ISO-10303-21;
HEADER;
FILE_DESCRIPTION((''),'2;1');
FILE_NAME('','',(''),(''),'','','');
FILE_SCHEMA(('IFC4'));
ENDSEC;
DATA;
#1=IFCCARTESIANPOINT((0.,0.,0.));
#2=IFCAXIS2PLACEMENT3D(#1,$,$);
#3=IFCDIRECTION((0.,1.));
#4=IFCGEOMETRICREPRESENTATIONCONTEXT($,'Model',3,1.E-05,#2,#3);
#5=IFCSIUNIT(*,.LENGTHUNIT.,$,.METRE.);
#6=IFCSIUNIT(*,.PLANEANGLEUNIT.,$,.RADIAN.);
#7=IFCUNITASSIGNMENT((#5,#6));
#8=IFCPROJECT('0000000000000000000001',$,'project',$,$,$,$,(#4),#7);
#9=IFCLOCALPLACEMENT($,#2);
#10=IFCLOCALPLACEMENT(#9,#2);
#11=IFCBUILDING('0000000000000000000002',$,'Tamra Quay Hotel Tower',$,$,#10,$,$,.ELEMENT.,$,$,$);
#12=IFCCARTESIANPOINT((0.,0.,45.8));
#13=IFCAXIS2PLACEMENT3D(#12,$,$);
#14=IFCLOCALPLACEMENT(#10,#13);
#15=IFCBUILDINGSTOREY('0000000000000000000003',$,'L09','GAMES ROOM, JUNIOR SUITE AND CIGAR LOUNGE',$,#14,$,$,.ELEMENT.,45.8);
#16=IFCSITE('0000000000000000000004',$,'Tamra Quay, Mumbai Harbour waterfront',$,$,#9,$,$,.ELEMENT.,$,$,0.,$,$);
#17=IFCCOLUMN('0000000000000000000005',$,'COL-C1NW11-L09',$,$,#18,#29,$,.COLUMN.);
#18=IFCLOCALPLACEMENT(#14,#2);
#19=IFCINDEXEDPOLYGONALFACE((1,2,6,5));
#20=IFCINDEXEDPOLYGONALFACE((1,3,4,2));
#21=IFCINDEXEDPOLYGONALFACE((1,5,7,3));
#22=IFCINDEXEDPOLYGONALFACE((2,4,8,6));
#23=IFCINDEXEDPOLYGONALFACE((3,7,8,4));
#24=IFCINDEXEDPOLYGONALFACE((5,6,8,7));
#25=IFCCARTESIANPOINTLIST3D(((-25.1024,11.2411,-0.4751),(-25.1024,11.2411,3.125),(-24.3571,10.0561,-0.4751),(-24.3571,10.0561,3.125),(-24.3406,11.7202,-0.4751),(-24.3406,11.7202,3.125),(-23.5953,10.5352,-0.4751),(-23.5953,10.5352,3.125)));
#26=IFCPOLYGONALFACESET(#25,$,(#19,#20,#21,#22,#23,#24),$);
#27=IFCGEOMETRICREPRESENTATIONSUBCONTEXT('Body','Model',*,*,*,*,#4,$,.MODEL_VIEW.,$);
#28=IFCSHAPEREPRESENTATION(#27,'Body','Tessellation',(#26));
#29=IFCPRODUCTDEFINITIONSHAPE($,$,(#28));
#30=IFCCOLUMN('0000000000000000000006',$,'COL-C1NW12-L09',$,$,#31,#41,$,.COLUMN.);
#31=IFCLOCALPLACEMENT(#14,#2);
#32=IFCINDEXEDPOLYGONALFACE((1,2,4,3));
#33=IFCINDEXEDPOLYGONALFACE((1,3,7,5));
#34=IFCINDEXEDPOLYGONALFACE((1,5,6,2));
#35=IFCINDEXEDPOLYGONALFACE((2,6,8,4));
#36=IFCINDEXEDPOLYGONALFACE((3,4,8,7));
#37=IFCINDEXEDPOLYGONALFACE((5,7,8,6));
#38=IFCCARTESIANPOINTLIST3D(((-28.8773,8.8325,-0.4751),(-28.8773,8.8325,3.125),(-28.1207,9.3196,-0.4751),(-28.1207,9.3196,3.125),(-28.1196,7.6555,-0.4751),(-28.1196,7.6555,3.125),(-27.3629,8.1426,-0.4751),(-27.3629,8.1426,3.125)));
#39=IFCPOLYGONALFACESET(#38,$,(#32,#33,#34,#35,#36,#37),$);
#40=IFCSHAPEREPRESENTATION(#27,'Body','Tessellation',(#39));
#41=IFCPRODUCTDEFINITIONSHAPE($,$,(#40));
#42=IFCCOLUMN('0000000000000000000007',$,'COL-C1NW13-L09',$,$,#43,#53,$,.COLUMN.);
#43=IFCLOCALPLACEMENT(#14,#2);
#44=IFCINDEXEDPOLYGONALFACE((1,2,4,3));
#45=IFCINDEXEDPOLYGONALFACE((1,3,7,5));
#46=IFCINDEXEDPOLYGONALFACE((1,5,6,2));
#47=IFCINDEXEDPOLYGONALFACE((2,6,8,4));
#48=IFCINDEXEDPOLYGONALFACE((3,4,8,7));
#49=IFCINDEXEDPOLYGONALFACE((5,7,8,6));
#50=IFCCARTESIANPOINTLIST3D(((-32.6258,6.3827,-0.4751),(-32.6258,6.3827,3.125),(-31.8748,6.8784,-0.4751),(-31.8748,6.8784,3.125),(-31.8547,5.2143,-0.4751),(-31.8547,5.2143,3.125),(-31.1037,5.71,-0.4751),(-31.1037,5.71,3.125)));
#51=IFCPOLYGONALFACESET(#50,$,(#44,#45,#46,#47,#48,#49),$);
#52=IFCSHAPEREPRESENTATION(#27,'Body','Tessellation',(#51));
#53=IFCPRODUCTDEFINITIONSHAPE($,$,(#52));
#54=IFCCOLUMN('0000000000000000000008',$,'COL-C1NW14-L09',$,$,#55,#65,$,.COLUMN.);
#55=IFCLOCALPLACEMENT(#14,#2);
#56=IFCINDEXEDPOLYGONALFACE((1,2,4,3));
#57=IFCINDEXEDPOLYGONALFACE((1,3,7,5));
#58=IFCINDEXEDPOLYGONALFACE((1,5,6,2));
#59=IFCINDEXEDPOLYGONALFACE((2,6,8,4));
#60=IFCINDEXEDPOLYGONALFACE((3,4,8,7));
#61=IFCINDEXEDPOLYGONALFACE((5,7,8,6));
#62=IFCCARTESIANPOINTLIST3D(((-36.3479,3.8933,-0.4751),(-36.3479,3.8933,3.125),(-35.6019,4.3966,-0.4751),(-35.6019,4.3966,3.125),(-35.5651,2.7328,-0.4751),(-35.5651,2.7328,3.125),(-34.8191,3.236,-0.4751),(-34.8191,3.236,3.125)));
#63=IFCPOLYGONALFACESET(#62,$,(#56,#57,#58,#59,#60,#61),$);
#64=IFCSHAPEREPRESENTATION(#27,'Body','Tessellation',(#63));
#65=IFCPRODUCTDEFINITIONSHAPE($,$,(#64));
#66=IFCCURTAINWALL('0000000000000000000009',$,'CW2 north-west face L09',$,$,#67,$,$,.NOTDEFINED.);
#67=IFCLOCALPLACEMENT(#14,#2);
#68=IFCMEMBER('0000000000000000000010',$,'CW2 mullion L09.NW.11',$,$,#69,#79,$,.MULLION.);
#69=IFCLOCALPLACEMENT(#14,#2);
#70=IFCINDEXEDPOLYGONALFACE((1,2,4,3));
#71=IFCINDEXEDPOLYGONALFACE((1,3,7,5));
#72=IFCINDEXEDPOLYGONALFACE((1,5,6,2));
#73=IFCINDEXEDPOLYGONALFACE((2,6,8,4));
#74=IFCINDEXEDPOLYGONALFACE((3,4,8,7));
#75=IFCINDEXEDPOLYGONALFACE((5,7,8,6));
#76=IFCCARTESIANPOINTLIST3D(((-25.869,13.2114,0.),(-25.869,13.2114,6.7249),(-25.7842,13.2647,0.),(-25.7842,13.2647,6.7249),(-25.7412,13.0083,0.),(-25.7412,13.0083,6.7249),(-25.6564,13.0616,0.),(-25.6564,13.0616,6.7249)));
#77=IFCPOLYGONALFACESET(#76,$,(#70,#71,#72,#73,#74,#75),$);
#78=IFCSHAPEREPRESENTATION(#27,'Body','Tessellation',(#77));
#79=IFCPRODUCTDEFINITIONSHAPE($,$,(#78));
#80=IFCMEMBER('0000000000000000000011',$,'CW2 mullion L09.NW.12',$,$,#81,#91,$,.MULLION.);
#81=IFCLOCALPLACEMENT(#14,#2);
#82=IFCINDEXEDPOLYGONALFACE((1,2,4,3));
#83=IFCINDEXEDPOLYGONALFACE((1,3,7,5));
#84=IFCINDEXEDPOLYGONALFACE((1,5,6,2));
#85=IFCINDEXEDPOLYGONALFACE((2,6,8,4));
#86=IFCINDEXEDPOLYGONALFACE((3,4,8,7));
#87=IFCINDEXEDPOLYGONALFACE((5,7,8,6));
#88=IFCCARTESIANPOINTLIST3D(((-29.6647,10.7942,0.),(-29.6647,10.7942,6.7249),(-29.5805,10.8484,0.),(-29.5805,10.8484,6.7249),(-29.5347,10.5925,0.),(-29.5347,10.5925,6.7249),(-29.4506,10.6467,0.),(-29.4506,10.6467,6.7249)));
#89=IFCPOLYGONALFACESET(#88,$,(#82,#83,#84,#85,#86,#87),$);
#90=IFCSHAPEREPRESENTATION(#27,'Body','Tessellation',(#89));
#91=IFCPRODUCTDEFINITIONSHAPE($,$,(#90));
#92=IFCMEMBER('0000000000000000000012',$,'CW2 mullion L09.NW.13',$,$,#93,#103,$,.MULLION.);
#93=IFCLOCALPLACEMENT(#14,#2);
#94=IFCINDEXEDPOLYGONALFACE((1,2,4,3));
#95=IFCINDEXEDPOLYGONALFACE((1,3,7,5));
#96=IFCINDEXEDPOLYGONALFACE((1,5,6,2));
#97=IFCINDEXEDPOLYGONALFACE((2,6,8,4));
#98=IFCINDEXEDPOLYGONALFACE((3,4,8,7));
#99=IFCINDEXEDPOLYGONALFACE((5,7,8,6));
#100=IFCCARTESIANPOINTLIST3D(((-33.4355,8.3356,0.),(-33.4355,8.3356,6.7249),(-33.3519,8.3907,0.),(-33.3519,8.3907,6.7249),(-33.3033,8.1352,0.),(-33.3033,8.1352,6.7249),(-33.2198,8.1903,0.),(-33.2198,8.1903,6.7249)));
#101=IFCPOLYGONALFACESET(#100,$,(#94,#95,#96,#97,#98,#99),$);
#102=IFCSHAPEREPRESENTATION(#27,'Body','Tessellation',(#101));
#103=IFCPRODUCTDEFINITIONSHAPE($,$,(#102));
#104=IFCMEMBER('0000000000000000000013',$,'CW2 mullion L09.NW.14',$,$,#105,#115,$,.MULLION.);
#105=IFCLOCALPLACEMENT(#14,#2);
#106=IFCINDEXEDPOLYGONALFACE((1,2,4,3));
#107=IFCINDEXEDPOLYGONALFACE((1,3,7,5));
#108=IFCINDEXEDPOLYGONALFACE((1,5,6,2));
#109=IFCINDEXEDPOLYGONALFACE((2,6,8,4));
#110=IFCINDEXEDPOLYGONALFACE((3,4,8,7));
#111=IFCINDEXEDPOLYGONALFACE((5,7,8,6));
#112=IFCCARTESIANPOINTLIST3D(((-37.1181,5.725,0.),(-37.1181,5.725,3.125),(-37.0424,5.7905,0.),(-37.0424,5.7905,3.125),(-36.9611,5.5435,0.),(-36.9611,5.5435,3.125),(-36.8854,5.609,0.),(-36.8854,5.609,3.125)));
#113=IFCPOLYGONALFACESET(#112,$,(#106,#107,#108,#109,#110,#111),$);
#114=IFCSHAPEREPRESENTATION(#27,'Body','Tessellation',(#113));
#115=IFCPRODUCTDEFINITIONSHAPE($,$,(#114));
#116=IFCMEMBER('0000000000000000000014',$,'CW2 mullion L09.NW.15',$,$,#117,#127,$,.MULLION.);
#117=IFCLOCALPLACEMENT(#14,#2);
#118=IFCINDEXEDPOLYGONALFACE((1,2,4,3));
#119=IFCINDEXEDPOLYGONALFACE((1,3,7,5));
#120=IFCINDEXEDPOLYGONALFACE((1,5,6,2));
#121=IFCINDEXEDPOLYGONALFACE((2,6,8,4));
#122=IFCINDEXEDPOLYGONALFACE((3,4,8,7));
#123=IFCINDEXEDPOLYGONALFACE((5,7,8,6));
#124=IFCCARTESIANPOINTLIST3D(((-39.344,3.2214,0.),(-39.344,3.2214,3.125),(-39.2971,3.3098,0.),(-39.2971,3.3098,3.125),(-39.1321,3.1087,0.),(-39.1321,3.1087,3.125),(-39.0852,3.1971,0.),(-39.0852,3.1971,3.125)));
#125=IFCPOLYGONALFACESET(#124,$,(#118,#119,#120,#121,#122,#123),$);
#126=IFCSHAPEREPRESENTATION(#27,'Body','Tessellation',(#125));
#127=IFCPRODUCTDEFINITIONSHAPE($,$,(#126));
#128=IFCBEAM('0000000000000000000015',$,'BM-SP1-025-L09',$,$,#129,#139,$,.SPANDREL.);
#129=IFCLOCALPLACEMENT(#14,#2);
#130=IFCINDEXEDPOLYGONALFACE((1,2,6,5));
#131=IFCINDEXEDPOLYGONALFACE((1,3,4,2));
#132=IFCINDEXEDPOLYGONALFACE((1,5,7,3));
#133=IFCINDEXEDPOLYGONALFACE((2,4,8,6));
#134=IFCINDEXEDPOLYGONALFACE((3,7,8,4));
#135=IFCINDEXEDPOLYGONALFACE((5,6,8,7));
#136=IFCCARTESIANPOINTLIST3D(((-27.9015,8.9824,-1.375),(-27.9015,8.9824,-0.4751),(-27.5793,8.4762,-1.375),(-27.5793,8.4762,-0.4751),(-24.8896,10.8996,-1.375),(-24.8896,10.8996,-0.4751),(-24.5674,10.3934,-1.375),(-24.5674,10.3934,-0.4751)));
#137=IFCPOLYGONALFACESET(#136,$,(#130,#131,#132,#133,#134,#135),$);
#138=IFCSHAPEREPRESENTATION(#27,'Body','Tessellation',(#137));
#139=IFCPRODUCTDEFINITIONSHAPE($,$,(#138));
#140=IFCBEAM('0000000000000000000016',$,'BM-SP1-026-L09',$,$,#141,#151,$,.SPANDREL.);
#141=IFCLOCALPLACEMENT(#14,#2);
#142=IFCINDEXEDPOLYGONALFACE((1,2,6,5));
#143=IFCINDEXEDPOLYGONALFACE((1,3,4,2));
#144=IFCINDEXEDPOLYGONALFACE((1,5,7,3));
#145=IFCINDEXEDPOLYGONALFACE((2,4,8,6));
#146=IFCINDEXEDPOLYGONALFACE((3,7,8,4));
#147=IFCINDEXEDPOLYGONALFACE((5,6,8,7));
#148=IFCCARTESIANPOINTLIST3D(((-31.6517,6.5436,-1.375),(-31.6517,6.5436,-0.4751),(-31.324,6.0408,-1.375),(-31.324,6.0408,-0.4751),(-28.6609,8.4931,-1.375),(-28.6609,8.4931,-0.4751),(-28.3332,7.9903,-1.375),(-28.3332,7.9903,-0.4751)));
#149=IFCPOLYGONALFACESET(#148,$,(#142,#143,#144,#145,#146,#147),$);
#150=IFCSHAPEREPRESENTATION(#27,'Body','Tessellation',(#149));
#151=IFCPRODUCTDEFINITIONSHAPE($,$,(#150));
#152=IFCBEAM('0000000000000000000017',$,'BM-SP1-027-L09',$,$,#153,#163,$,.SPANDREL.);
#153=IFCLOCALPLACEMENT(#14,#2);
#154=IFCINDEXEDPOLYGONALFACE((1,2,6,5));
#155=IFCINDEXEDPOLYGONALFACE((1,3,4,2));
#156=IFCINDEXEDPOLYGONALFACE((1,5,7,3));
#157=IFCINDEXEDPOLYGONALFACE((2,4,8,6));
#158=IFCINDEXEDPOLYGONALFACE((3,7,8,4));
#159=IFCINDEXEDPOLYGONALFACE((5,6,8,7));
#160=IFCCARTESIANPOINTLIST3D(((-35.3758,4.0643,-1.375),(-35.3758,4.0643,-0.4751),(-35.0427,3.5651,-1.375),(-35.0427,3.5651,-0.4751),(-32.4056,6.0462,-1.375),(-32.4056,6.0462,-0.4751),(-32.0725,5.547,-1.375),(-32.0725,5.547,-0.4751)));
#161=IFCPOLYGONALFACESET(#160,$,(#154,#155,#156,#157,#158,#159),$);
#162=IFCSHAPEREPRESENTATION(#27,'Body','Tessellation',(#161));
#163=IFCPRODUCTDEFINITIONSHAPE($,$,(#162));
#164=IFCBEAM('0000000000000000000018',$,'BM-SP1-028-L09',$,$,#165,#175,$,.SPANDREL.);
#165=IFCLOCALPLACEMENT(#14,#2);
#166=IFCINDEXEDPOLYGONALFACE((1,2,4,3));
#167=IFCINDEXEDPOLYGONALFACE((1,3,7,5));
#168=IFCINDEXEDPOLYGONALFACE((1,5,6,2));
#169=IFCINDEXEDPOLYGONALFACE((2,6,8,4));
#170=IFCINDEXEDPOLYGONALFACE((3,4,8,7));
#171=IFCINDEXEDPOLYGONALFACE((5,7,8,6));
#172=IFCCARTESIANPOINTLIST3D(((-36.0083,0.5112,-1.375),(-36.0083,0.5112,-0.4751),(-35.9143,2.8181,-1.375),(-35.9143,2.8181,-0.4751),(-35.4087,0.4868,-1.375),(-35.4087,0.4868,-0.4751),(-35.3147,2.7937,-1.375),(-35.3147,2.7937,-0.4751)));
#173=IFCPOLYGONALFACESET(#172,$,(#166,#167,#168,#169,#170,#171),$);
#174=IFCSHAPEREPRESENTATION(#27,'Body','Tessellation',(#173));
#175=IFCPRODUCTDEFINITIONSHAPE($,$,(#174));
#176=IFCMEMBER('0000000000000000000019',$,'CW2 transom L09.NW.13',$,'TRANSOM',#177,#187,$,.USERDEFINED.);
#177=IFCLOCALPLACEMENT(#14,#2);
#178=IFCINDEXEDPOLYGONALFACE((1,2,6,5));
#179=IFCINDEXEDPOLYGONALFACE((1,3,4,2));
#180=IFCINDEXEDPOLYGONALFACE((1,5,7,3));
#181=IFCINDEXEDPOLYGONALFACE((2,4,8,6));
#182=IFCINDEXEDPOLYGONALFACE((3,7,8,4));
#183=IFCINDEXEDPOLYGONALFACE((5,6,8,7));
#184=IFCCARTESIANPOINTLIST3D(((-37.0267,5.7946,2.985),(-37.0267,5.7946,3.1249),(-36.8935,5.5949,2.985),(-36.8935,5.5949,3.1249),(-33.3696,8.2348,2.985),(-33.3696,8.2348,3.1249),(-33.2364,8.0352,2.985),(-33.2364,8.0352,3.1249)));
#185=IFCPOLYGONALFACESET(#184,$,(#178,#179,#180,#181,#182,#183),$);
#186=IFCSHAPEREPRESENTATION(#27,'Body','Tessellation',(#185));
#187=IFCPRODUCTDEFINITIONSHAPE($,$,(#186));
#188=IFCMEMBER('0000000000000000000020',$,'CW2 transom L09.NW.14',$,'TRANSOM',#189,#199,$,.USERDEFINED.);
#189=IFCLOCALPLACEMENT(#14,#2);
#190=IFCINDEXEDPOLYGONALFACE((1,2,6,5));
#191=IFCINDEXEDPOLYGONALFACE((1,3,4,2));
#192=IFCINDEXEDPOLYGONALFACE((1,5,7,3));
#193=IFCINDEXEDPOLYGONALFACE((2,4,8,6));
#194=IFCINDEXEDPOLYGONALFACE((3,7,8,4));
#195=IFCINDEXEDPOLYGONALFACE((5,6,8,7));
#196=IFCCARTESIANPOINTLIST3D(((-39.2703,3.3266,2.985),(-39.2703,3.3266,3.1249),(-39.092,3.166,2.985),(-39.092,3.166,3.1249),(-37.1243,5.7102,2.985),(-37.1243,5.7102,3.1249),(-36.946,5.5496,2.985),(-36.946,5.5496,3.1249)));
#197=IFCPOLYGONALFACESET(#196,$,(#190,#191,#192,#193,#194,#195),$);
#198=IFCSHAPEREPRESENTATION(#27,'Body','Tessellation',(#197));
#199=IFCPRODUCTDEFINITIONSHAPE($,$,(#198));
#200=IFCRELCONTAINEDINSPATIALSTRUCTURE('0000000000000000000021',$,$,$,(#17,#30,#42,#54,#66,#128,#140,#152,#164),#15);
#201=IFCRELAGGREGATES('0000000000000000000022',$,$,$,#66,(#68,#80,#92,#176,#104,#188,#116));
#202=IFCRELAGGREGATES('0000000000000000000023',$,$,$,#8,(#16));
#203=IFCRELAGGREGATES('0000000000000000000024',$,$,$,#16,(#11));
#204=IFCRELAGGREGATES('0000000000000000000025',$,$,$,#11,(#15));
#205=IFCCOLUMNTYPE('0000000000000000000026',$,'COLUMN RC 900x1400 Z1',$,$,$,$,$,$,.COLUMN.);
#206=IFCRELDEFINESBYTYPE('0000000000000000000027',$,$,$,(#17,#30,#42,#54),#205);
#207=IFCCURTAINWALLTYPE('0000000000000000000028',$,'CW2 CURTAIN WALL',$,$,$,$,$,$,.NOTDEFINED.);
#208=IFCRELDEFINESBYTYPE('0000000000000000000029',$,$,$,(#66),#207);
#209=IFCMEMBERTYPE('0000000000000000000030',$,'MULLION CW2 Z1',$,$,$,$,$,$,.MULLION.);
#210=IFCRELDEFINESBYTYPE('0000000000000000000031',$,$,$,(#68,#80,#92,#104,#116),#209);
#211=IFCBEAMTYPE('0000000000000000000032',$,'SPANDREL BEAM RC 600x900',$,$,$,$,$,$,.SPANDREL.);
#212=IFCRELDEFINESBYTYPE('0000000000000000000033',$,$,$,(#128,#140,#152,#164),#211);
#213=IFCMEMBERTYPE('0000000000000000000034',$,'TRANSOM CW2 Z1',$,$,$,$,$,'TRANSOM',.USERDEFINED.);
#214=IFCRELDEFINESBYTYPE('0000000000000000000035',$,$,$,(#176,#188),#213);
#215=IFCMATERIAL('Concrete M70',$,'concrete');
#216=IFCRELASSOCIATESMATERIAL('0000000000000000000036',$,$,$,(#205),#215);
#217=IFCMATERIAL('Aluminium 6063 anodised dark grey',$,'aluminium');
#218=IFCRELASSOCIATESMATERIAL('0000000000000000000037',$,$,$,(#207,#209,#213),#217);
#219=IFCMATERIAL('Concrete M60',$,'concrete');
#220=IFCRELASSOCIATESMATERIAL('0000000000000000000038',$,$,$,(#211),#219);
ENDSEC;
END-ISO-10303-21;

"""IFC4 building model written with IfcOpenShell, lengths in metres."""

from ifc_helpers import new_model, si_unit, direction, frame, origin, origin_2d, place, context, subcontext, project, spatial, rectangle, extrude, material, material_profile, profile_set, type_object, element, aggregate, save


model = new_model("IFC4")

# Units and contexts
model_context = context("Model", 3, precision=1e-05, world=origin(), true_north=direction((0.0, 1.0)))
body_context = subcontext(model_context, "Body", "Model", "MODEL_VIEW")
ifc_project = project(units=[si_unit("LENGTHUNIT", "METRE"), si_unit("PLANEANGLEUNIT", "RADIAN")], contexts=[model_context])

# Site, building, storey
site_placement = place(None, origin())
site = spatial("IfcSite", under=ifc_project, at=site_placement, Name="Tamra Quay, Mumbai Harbour waterfront", CompositionType="ELEMENT", RefElevation=0.0)
building_placement = place(site_placement, origin())
building = spatial("IfcBuilding", under=site, at=building_placement, Name="Tamra Quay Hotel Tower", CompositionType="ELEMENT")
storey_placement = place(building_placement, frame((0.0, 0.0, 45.8)))
storey = spatial("IfcBuildingStorey", under=building, at=storey_placement, Name="L09", Description="GAMES ROOM, JUNIOR SUITE AND CIGAR LOUNGE", CompositionType="ELEMENT", Elevation=45.8)

# Columns
ifc_material_1 = material(Name="Concrete M70", Category="concrete")
ifc_material_profile_1 = material_profile(ifc_material_1, rectangle(XDim=1.3999, YDim=0.8999, at=origin_2d()), Name="COLUMN RC 900x1400 Z1")
ifc_profile_set_1 = profile_set([ifc_material_profile_1], Name="Concrete M70")
column_type = type_object("IfcColumnType", Name="COLUMN RC 900x1400 Z1", PredefinedType="COLUMN", material=ifc_profile_set_1)
for number, where, z_axis, x_axis, name in (
    (1, (-24.3489, 10.8882, -0.4751), (0.0, 0.0, 1.0), (-0.532389, 0.8465, 0.0), "COL-C1NW11-L09"),
    (2, (-28.1201, 8.4875, -0.4751), (0.0, 0.0, 1.0), (-0.541283, 0.840841, 0.0), "COL-C1NW12-L09"),
    (3, (-31.8647, 6.0464, -0.4751), (0.0, 0.0, 1.0), (-0.550838, 0.834612, 0.0), "COL-C1NW13-L09"),
    (4, (-35.5835, 3.5647, -0.4751), (0.0, 0.0, 1.0), (-0.55922, 0.829019, 0.0), "COL-C1NW14-L09"),
):
    element("IfcColumn", number, at=place(storey_placement, frame(where, z_axis=z_axis, x_axis=x_axis)), inside=storey, type_object=column_type, Name=name, PredefinedType="COLUMN", context=body_context, shape_type="SweptSolid", body=[
        extrude(rectangle(XDim=1.3999, YDim=0.8999, at=origin_2d()), origin(), (0.0, 0.0, 1.0), 3.6001),
    ])

# Curtain wall, members
ifc_material_2 = material(Name="Aluminium 6063 anodised dark grey", Category="aluminium")
curtain_wall_type = type_object("IfcCurtainWallType", Name="CW2 CURTAIN WALL", PredefinedType="NOTDEFINED", material=ifc_material_2)
curtain_wall_placement = place(storey_placement, origin())
curtain_wall = element("IfcCurtainWall", 5, at=curtain_wall_placement, inside=storey, type_object=curtain_wall_type, Name="CW2 north-west face L09", PredefinedType="NOTDEFINED")
ifc_material_profile_2 = material_profile(ifc_material_2, rectangle(XDim=0.24, YDim=0.1001, at=origin_2d()), Name="MULLION 100X240")
ifc_profile_set_2 = profile_set([ifc_material_profile_2], Name="Aluminium 6063 anodised dark grey")
member_type_1 = type_object("IfcMemberType", Name="MULLION CW2 Z1", PredefinedType="MULLION", material=ifc_profile_set_2)
member_1_placement = place(storey_placement, frame((-25.7627, 13.1365, 0.0), z_axis=(0.0, 0.0, 1.0), x_axis=(-0.532447, 0.846463, 0.0)))
member_1 = element("IfcMember", 6, at=member_1_placement, type_object=member_type_1, Name="CW2 mullion L09.NW.11", PredefinedType="MULLION", context=body_context, shape_type="SweptSolid", body=[
    extrude(rectangle(XDim=0.24, YDim=0.1001, at=origin_2d()), origin(), (0.0, 0.0, 1.0), 6.7249),
])
member_2_placement = place(storey_placement, frame((-29.5576, 10.7205, 0.0), z_axis=(0.0, 0.0, 1.0), x_axis=(-0.541561, 0.840662, 0.0)))
member_2 = element("IfcMember", 7, at=member_2_placement, type_object=member_type_1, Name="CW2 mullion L09.NW.12", PredefinedType="MULLION", context=body_context, shape_type="SweptSolid", body=[
    extrude(rectangle(XDim=0.24, YDim=0.1001, at=origin_2d()), origin(), (0.0, 0.0, 1.0), 6.7249),
])
member_3_placement = place(storey_placement, frame((-33.3276, 8.2629, 0.0), z_axis=(0.0, 0.0, 1.0), x_axis=(-0.550591, 0.834775, 0.0)))
member_3 = element("IfcMember", 8, at=member_3_placement, type_object=member_type_1, Name="CW2 mullion L09.NW.13", PredefinedType="MULLION", context=body_context, shape_type="SweptSolid", body=[
    extrude(rectangle(XDim=0.24, YDim=0.1001, at=origin_2d()), origin(), (0.0, 0.0, 1.0), 6.7249),
])
member_4_placement = place(storey_placement, frame((-37.0017, 5.667, 0.0), z_axis=(0.0, 0.0, 1.0), x_axis=(-0.654197, 0.756324, 0.0)))
member_4 = element("IfcMember", 9, at=member_4_placement, type_object=member_type_1, Name="CW2 mullion L09.NW.14", PredefinedType="MULLION", context=body_context, shape_type="SweptSolid", body=[
    extrude(rectangle(XDim=0.24, YDim=0.1001, at=origin_2d()), origin(), (0.0, 0.0, 1.0), 3.125),
])
member_5_placement = place(storey_placement, frame((-39.2146, 3.2092, 0.0), z_axis=(0.0, 0.0, 1.0), x_axis=(-0.882955, 0.469457, 0.0)))
member_5 = element("IfcMember", 10, at=member_5_placement, type_object=member_type_1, Name="CW2 mullion L09.NW.15", PredefinedType="MULLION", context=body_context, shape_type="SweptSolid", body=[
    extrude(rectangle(XDim=0.24, YDim=0.1001, at=origin_2d()), origin(), (0.0, 0.0, 1.0), 3.125),
])

# Beams
ifc_material_3 = material(Name="Concrete M60", Category="concrete")
ifc_material_profile_3 = material_profile(ifc_material_3, rectangle(XDim=0.6001, YDim=0.8999, at=origin_2d()), Name="SPANDREL BEAM RC 600x900")
ifc_profile_set_3 = profile_set([ifc_material_profile_3], Name="Concrete M60")
beam_type = type_object("IfcBeamType", Name="SPANDREL BEAM RC 600x900", PredefinedType="SPANDREL", material=ifc_profile_set_3)
beam_1_placement = place(storey_placement, frame((-24.7285, 10.6465, -0.925), z_axis=(-0.843594, -0.536982, 0.0), x_axis=(0.536982, -0.843594, 0.0)))
element("IfcBeam", 11, at=beam_1_placement, inside=storey, type_object=beam_type, Name="BM-SP1-025-L09", PredefinedType="SPANDREL", context=body_context, shape_type="SweptSolid", body=[
    extrude(rectangle(XDim=0.6001, YDim=0.8999, at=origin_2d()), origin(), (0.0, 0.0, 1.0), 3.5703),
])
beam_2_placement = place(storey_placement, frame((-28.4971, 8.2417, -0.925), z_axis=(-0.83774, -0.54607, 0.0), x_axis=(0.54607, -0.83774, 0.0)))
element("IfcBeam", 12, at=beam_2_placement, inside=storey, type_object=beam_type, Name="BM-SP1-026-L09", PredefinedType="SPANDREL", context=body_context, shape_type="SweptSolid", body=[
    extrude(rectangle(XDim=0.6001, YDim=0.8999, at=origin_2d()), origin(), (0.0, 0.0, 1.0), 3.5701),
])
beam_3_placement = place(storey_placement, frame((-32.239, 5.7966, -0.925), z_axis=(-0.831819, -0.555047, 0.0), x_axis=(0.555047, -0.831819, 0.0)))
element("IfcBeam", 13, at=beam_3_placement, inside=storey, type_object=beam_type, Name="BM-SP1-027-L09", PredefinedType="SPANDREL", context=body_context, shape_type="SweptSolid", body=[
    extrude(rectangle(XDim=0.6001, YDim=0.8999, at=origin_2d()), origin(), (0.0, 0.0, 1.0), 3.5708),
])
beam_4_placement = place(storey_placement, frame((-35.6145, 2.8059, -0.925), z_axis=(-0.040711, -0.999171, 0.0), x_axis=(0.999171, -0.040711, 0.0)))
element("IfcBeam", 14, at=beam_4_placement, inside=storey, type_object=beam_type, Name="BM-SP1-028-L09", PredefinedType="SPANDREL", context=body_context, shape_type="SweptSolid", body=[
    extrude(rectangle(XDim=0.6001, YDim=0.8999, at=origin_2d()), origin(), (0.0, 0.0, 1.0), 2.3088),
])

# Members
ifc_material_profile_4 = material_profile(ifc_material_2, rectangle(XDim=0.24, YDim=0.1399, at=origin_2d()), Name="TRANSOM 240X140")
ifc_profile_set_4 = profile_set([ifc_material_profile_4], Name="Aluminium 6063 anodised dark grey")
member_type_2 = type_object("IfcMemberType", Name="TRANSOM CW2 Z1", ElementType="TRANSOM", PredefinedType="USERDEFINED", material=ifc_profile_set_4)
member_6_placement = place(storey_placement, frame((-33.303, 8.135, 3.0549), z_axis=(-0.83182, -0.555046, 0.0), x_axis=(0.555046, -0.83182, 0.0)))
member_6 = element("IfcMember", 15, at=member_6_placement, type_object=member_type_2, Name="CW2 transom L09.NW.13", ObjectType="TRANSOM", PredefinedType="USERDEFINED", context=body_context, shape_type="SweptSolid", body=[
    extrude(rectangle(XDim=0.24, YDim=0.1399, at=origin_2d()), origin(), (0.0, 0.0, 1.0), 4.3965),
])
member_7_placement = place(storey_placement, frame((-37.0352, 5.6299, 3.0549), z_axis=(-0.669104, -0.743169, 0.0), x_axis=(0.743169, -0.669104, 0.0)))
member_7 = element("IfcMember", 16, at=member_7_placement, type_object=member_type_2, Name="CW2 transom L09.NW.14", ObjectType="TRANSOM", PredefinedType="USERDEFINED", context=body_context, shape_type="SweptSolid", body=[
    extrude(rectangle(XDim=0.24, YDim=0.1399, at=origin_2d()), origin(), (0.0, 0.0, 1.0), 3.2073),
])

aggregate(curtain_wall, [member_1, member_2, member_3, member_6, member_4, member_7, member_5])

save(model, "model.ifc")
